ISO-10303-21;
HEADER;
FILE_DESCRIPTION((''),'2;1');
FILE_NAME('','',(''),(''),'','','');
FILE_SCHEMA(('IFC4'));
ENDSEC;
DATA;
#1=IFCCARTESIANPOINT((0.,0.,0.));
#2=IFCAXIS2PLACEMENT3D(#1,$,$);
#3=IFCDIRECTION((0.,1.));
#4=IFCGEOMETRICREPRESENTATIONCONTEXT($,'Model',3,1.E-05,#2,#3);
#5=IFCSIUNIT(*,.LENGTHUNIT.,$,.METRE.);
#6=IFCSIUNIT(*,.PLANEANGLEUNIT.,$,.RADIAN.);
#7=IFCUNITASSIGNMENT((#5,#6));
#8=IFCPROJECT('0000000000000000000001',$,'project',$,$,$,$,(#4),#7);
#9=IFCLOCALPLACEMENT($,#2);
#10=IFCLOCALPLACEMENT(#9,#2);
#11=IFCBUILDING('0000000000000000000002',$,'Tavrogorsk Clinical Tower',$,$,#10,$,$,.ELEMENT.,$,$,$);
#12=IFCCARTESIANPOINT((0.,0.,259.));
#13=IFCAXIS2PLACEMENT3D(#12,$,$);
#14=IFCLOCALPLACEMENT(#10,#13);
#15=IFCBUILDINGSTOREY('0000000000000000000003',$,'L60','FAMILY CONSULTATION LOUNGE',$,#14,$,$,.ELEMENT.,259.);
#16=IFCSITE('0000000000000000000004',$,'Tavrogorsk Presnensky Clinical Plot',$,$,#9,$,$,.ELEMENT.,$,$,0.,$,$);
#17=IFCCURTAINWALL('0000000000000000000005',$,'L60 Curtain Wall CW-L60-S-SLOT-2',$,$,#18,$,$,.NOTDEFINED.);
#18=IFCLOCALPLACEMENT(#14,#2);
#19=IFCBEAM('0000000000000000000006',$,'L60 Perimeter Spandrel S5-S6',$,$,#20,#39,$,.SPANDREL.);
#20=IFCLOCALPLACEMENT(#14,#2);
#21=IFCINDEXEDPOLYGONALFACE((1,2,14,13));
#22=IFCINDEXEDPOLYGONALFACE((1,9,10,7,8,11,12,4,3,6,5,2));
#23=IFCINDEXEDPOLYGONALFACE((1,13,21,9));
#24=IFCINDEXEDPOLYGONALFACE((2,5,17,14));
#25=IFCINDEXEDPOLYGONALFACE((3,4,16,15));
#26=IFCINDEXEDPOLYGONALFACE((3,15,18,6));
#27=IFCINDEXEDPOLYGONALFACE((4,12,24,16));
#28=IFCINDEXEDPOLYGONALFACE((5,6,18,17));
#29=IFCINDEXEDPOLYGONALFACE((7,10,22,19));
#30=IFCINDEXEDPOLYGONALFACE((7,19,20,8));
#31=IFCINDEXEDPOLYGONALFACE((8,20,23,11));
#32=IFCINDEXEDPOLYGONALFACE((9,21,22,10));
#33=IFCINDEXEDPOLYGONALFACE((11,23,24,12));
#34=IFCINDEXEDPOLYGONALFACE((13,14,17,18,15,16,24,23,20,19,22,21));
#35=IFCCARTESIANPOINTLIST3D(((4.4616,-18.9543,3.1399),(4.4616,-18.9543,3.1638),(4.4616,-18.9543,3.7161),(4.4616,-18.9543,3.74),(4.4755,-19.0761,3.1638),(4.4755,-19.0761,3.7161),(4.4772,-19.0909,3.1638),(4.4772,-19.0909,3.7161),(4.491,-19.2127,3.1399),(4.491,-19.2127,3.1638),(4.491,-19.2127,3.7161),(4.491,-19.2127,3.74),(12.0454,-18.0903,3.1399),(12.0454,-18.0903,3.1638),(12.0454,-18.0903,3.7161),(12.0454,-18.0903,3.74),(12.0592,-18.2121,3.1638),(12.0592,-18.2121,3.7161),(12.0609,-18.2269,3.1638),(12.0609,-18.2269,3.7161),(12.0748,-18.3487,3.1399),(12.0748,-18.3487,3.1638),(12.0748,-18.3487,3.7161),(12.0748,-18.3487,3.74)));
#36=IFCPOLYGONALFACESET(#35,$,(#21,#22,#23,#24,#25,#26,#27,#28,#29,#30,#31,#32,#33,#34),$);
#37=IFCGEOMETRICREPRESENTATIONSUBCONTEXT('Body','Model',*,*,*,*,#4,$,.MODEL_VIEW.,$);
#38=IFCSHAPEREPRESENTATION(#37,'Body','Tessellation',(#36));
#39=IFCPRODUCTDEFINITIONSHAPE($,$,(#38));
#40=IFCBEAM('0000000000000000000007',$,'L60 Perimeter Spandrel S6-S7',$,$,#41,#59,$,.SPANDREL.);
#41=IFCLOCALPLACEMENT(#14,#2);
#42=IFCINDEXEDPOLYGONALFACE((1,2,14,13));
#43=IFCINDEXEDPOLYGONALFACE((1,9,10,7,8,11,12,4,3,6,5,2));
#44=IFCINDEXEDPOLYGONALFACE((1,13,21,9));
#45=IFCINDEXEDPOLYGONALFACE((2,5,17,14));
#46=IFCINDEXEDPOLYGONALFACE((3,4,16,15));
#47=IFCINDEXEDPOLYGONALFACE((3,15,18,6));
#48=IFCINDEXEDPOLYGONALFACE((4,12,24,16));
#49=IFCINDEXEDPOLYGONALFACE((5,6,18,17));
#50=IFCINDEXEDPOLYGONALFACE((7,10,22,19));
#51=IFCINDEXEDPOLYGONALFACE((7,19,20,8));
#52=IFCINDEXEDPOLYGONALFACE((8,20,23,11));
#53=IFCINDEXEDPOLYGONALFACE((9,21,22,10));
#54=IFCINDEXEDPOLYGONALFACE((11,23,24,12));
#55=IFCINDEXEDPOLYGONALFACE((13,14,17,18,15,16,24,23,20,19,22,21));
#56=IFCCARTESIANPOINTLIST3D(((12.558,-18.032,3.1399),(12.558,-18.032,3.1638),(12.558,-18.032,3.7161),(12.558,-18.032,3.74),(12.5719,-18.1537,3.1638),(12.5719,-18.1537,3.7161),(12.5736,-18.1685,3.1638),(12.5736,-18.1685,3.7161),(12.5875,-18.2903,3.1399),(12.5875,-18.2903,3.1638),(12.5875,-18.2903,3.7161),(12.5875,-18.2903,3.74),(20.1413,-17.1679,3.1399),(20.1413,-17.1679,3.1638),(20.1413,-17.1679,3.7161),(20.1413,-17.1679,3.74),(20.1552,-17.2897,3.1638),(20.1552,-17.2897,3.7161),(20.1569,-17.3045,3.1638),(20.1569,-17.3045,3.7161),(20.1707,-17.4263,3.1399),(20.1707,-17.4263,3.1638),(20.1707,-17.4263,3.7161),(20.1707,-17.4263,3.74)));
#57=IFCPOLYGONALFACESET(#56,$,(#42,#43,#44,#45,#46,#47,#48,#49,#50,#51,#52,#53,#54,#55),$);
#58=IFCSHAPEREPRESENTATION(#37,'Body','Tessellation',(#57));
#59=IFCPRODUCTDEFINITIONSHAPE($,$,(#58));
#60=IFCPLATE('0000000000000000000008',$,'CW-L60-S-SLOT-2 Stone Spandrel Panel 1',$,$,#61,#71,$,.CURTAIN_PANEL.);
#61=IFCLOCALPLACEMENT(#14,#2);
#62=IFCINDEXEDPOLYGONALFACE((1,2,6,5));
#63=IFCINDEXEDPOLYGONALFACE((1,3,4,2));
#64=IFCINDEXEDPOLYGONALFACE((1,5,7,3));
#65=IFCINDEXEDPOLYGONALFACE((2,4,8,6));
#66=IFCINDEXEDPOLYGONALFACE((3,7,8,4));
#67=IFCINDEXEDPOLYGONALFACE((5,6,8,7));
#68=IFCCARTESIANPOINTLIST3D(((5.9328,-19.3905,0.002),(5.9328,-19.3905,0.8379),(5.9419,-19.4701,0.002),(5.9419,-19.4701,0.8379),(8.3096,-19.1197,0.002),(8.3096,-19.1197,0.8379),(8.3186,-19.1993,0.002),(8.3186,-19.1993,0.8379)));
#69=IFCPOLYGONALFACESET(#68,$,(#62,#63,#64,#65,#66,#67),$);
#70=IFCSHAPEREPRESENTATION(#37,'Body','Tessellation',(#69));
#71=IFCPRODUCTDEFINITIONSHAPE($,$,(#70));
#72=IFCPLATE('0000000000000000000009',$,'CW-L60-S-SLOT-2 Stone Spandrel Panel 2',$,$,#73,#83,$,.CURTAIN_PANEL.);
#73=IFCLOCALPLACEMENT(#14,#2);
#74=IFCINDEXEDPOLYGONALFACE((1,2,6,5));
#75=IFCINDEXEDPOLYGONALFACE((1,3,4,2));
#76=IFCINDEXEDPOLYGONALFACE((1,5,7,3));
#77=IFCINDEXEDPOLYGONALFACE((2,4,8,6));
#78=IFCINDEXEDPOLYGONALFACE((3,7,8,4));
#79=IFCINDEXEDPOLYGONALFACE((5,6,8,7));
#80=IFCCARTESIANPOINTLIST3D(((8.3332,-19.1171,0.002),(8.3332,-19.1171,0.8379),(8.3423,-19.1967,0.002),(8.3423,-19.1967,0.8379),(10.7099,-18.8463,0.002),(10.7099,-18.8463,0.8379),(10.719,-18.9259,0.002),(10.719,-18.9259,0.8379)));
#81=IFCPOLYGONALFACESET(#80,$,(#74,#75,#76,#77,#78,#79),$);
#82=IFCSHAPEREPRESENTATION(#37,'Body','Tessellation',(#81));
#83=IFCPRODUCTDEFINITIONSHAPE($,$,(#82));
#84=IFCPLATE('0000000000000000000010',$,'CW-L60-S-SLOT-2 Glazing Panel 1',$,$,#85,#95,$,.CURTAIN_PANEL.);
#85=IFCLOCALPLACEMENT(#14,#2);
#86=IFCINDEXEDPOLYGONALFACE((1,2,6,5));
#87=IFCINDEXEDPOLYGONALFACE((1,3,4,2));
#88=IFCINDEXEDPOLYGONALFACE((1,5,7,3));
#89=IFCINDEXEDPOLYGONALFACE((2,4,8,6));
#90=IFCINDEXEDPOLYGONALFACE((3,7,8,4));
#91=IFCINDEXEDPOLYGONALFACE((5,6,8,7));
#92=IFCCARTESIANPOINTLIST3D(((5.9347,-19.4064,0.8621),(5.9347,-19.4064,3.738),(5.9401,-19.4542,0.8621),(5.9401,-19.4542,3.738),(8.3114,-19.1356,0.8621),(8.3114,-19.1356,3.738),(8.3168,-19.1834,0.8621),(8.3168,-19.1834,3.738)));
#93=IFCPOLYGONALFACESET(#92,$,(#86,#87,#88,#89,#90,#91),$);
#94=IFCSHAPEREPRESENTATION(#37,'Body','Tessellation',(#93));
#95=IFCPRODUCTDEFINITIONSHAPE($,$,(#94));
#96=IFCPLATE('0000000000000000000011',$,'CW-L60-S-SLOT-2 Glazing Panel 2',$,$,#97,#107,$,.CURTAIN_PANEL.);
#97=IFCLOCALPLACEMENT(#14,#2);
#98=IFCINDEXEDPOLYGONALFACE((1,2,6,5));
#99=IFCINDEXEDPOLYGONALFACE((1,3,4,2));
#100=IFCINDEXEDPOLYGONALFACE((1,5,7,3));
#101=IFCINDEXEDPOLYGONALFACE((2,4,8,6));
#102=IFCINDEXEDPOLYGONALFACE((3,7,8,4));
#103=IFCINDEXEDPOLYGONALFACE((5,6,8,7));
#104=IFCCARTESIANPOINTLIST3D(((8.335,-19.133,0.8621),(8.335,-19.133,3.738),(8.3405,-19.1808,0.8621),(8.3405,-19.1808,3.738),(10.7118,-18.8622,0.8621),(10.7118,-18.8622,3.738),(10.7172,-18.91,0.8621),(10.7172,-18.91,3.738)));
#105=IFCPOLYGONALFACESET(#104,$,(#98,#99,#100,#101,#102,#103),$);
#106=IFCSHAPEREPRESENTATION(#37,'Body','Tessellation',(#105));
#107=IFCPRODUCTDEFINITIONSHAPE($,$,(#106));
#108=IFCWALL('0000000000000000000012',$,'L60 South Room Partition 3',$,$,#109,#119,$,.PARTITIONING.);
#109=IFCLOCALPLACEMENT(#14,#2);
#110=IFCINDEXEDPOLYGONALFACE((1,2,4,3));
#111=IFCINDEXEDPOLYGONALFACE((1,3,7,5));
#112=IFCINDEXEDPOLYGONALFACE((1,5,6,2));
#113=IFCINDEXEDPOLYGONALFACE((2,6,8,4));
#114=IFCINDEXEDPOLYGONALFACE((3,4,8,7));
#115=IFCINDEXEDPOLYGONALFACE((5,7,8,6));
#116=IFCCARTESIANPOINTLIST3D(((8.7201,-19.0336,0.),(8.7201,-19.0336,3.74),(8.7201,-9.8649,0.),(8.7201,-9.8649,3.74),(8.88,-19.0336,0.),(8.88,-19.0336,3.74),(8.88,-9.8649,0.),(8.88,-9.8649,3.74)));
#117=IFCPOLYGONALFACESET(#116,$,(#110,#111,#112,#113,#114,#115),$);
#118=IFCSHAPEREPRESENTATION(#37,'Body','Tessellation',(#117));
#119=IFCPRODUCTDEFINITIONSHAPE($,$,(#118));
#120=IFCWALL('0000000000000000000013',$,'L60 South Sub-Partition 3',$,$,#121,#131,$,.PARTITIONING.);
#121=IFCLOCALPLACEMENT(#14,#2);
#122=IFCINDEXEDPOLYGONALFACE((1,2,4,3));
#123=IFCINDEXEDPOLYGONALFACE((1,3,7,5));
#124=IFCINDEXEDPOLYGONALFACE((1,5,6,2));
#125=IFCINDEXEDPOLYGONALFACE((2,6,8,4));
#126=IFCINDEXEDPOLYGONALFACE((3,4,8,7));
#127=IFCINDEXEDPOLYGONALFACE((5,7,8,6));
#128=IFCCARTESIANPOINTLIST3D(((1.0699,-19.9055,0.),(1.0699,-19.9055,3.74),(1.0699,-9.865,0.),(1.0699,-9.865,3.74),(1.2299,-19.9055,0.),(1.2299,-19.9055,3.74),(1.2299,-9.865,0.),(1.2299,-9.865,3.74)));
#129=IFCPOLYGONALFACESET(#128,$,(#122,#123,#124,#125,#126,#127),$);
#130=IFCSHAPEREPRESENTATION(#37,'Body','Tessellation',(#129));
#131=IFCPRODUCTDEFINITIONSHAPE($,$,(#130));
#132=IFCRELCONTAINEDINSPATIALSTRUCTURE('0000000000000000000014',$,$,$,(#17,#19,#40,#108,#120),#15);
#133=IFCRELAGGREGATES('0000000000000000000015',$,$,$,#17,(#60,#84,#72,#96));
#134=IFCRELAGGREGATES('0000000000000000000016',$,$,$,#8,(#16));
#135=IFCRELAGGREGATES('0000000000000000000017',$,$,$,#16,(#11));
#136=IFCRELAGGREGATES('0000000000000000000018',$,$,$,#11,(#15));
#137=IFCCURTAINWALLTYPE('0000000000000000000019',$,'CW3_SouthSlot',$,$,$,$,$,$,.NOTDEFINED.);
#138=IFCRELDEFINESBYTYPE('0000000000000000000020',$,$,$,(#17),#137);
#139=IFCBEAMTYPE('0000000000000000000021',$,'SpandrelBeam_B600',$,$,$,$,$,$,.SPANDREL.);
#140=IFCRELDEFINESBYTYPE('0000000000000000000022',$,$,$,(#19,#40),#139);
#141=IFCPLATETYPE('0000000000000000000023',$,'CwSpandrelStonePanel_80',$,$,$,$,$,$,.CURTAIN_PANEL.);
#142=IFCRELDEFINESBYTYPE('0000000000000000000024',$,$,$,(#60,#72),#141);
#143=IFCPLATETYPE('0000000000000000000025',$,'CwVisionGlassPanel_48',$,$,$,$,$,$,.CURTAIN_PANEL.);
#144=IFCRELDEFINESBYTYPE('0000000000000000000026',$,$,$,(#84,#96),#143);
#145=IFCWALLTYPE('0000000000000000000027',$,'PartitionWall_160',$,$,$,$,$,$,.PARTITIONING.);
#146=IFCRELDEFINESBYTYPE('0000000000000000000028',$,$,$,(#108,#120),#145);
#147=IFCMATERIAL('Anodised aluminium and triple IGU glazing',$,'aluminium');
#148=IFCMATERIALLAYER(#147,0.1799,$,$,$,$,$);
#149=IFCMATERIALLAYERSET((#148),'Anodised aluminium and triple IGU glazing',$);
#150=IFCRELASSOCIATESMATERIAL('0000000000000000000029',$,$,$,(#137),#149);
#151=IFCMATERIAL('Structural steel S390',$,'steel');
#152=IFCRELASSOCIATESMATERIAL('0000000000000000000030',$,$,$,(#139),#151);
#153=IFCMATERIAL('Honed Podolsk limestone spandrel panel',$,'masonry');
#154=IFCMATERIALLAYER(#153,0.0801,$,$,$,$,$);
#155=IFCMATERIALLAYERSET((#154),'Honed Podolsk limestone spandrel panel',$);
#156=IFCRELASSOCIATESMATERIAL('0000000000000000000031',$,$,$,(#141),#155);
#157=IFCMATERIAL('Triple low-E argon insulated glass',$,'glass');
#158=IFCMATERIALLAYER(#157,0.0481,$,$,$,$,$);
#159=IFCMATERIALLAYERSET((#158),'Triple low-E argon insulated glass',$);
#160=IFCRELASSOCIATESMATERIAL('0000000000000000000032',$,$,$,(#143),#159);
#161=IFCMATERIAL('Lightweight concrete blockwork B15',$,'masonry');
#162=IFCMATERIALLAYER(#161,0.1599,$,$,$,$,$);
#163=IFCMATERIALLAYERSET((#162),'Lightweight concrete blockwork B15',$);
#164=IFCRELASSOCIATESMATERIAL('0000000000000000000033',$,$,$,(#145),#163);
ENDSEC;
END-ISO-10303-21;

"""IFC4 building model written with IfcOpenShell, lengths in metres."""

from ifc_helpers import new_model, si_unit, direction, frame, frame_2d, origin, origin_2d, place, context, subcontext, project, spatial, rectangle, i_section, extrude, material, layer, layer_set, material_profile, profile_set, type_object, element, aggregate, save


model = new_model("IFC4")

# Units and contexts
model_context = context("Model", 3, precision=1e-05, world=origin(), true_north=direction((0.0, 1.0)))
body_context = subcontext(model_context, "Body", "Model", "MODEL_VIEW")
ifc_project = project(units=[si_unit("LENGTHUNIT", "METRE"), si_unit("PLANEANGLEUNIT", "RADIAN")], contexts=[model_context])

# Site, building, storey
site_placement = place(None, origin())
site = spatial("IfcSite", under=ifc_project, at=site_placement, Name="Tavrogorsk Presnensky Clinical Plot", CompositionType="ELEMENT", RefElevation=0.0)
building_placement = place(site_placement, origin())
building = spatial("IfcBuilding", under=site, at=building_placement, Name="Tavrogorsk Clinical Tower", CompositionType="ELEMENT")
storey_placement = place(building_placement, frame((0.0, 0.0, 259.0)))
storey = spatial("IfcBuildingStorey", under=building, at=storey_placement, Name="L60", Description="FAMILY CONSULTATION LOUNGE", CompositionType="ELEMENT", Elevation=259.0)

# Curtain wall
ifc_material_1 = material(Name="Anodised aluminium and triple IGU glazing", Category="aluminium")
ifc_layer_1 = layer(ifc_material_1, 0.1799)
ifc_layer_set_1 = layer_set([ifc_layer_1], Name="Anodised aluminium and triple IGU glazing")
curtain_wall_type = type_object("IfcCurtainWallType", Name="CW3_SouthSlot", PredefinedType="NOTDEFINED", material=ifc_layer_set_1)
curtain_wall_placement = place(storey_placement, origin())
curtain_wall = element("IfcCurtainWall", 1, at=curtain_wall_placement, inside=storey, type_object=curtain_wall_type, Name="L60 Curtain Wall CW-L60-S-SLOT-2", PredefinedType="NOTDEFINED")

# Beams
ifc_material_2 = material(Name="Structural steel S390", Category="steel")
ifc_material_profile_1 = material_profile(ifc_material_2, i_section(OverallWidth=0.26, OverallDepth=0.6001, WebThickness=0.0149, FlangeThickness=0.0239, at=origin_2d()), Name="B-600x260x15x24")
ifc_profile_set_1 = profile_set([ifc_material_profile_1], Name="Structural steel S390")
beam_type = type_object("IfcBeamType", Name="SpandrelBeam_B600", PredefinedType="SPANDREL", material=ifc_profile_set_1)
beam_1_placement = place(storey_placement, frame((4.4763, -19.0835, 3.4399), z_axis=(0.993573, 0.113197, 0.0), x_axis=(-0.113197, 0.993573, 0.0)))
element("IfcBeam", 2, at=beam_1_placement, inside=storey, type_object=beam_type, Name="L60 Perimeter Spandrel S5-S6", PredefinedType="SPANDREL", context=body_context, shape_type="SweptSolid", body=[
    extrude(i_section(OverallWidth=0.26, OverallDepth=0.6001, WebThickness=0.0149, FlangeThickness=0.0239, at=origin_2d()), origin(), (0.0, 0.0, 1.0), 7.6328),
])
beam_2_placement = place(storey_placement, frame((12.5728, -18.1611, 3.4399), z_axis=(0.993572, 0.113205, 0.0), x_axis=(-0.113205, 0.993572, 0.0)))
element("IfcBeam", 3, at=beam_2_placement, inside=storey, type_object=beam_type, Name="L60 Perimeter Spandrel S6-S7", PredefinedType="SPANDREL", context=body_context, shape_type="SweptSolid", body=[
    extrude(i_section(OverallWidth=0.26, OverallDepth=0.6001, WebThickness=0.0149, FlangeThickness=0.0239, at=origin_2d()), origin(), (0.0, 0.0, 1.0), 7.6323),
])

# Plates
ifc_material_3 = material(Name="Honed Podolsk limestone spandrel panel", Category="masonry")
ifc_layer_2 = layer(ifc_material_3, 0.0801)
ifc_layer_set_2 = layer_set([ifc_layer_2], Name="Honed Podolsk limestone spandrel panel")
plate_type_1 = type_object("IfcPlateType", Name="CwSpandrelStonePanel_80", PredefinedType="CURTAIN_PANEL", material=ifc_layer_set_2)
plate_1_placement = place(storey_placement, frame((7.1257, -19.2949, 0.002), z_axis=(0.0, 0.0, 1.0), x_axis=(0.993572, 0.113203, 0.0)))
plate_1 = element("IfcPlate", 4, at=plate_1_placement, type_object=plate_type_1, Name="CW-L60-S-SLOT-2 Stone Spandrel Panel 1", PredefinedType="CURTAIN_PANEL", context=body_context, shape_type="SweptSolid", body=[
    extrude(rectangle(XDim=2.3921, YDim=0.0801, at=origin_2d()), origin(), (0.0, 0.0, 1.0), 0.8359),
])
plate_2_placement = place(storey_placement, frame((9.5261, -19.0215, 0.002), z_axis=(0.0, 0.0, 1.0), x_axis=(0.993572, 0.113203, 0.0)))
plate_2 = element("IfcPlate", 5, at=plate_2_placement, type_object=plate_type_1, Name="CW-L60-S-SLOT-2 Stone Spandrel Panel 2", PredefinedType="CURTAIN_PANEL", context=body_context, shape_type="SweptSolid", body=[
    extrude(rectangle(XDim=2.3921, YDim=0.0801, at=origin_2d()), origin(), (0.0, 0.0, 1.0), 0.8359),
])
ifc_material_4 = material(Name="Triple low-E argon insulated glass", Category="glass")
ifc_layer_3 = layer(ifc_material_4, 0.0481)
ifc_layer_set_3 = layer_set([ifc_layer_3], Name="Triple low-E argon insulated glass")
plate_type_2 = type_object("IfcPlateType", Name="CwVisionGlassPanel_48", PredefinedType="CURTAIN_PANEL", material=ifc_layer_set_3)
plate_3_placement = place(storey_placement, frame((7.1257, -19.2949, 0.8621), z_axis=(0.0, 0.0, 1.0), x_axis=(0.993572, 0.113203, 0.0)))
plate_3 = element("IfcPlate", 6, at=plate_3_placement, type_object=plate_type_2, Name="CW-L60-S-SLOT-2 Glazing Panel 1", PredefinedType="CURTAIN_PANEL", context=body_context, shape_type="SweptSolid", body=[
    extrude(rectangle(XDim=2.3921, YDim=0.0481, at=origin_2d()), origin(), (0.0, 0.0, 1.0), 2.876),
])
plate_4_placement = place(storey_placement, frame((9.5261, -19.0215, 0.8621), z_axis=(0.0, 0.0, 1.0), x_axis=(0.993572, 0.113203, 0.0)))
plate_4 = element("IfcPlate", 7, at=plate_4_placement, type_object=plate_type_2, Name="CW-L60-S-SLOT-2 Glazing Panel 2", PredefinedType="CURTAIN_PANEL", context=body_context, shape_type="SweptSolid", body=[
    extrude(rectangle(XDim=2.3921, YDim=0.0481, at=origin_2d()), origin(), (0.0, 0.0, 1.0), 2.876),
])
aggregate(curtain_wall, [plate_1, plate_3, plate_2, plate_4])

# Walls
ifc_material_5 = material(Name="Lightweight concrete blockwork B15", Category="masonry")
ifc_layer_4 = layer(ifc_material_5, 0.1599)
ifc_layer_set_4 = layer_set([ifc_layer_4], Name="Lightweight concrete blockwork B15")
wall_type_1 = type_object("IfcWallType", Name="PartitionWall_160", PredefinedType="PARTITIONING", material=ifc_layer_set_4)
wall_1_placement = place(storey_placement, frame((8.8, -19.0337, 0.0), z_axis=(0.0, 0.0, 1.0), x_axis=(0.0, 1.0, 0.0)))
element("IfcWall", 8, at=wall_1_placement, inside=storey, type_object=wall_type_1, Name="L60 South Room Partition 3", PredefinedType="PARTITIONING", context=body_context, shape_type="SweptSolid", body=[
    extrude(rectangle(XDim=9.1687, YDim=0.1599, at=frame_2d((4.5845, 0.0))), origin(), (0.0, 0.0, 1.0), 3.74),
])
wall_2_placement = place(storey_placement, frame((1.1499, -19.9055, 0.0), z_axis=(0.0, 0.0, 1.0), x_axis=(0.0, 1.0, 0.0)))
element("IfcWall", 9, at=wall_2_placement, inside=storey, type_object=wall_type_1, Name="L60 South Sub-Partition 3", PredefinedType="PARTITIONING", context=body_context, shape_type="SweptSolid", body=[
    extrude(rectangle(XDim=10.0405, YDim=0.1599, at=frame_2d((5.0203, 0.0))), origin(), (0.0, 0.0, 1.0), 3.74),
])

save(model, "model.ifc")
